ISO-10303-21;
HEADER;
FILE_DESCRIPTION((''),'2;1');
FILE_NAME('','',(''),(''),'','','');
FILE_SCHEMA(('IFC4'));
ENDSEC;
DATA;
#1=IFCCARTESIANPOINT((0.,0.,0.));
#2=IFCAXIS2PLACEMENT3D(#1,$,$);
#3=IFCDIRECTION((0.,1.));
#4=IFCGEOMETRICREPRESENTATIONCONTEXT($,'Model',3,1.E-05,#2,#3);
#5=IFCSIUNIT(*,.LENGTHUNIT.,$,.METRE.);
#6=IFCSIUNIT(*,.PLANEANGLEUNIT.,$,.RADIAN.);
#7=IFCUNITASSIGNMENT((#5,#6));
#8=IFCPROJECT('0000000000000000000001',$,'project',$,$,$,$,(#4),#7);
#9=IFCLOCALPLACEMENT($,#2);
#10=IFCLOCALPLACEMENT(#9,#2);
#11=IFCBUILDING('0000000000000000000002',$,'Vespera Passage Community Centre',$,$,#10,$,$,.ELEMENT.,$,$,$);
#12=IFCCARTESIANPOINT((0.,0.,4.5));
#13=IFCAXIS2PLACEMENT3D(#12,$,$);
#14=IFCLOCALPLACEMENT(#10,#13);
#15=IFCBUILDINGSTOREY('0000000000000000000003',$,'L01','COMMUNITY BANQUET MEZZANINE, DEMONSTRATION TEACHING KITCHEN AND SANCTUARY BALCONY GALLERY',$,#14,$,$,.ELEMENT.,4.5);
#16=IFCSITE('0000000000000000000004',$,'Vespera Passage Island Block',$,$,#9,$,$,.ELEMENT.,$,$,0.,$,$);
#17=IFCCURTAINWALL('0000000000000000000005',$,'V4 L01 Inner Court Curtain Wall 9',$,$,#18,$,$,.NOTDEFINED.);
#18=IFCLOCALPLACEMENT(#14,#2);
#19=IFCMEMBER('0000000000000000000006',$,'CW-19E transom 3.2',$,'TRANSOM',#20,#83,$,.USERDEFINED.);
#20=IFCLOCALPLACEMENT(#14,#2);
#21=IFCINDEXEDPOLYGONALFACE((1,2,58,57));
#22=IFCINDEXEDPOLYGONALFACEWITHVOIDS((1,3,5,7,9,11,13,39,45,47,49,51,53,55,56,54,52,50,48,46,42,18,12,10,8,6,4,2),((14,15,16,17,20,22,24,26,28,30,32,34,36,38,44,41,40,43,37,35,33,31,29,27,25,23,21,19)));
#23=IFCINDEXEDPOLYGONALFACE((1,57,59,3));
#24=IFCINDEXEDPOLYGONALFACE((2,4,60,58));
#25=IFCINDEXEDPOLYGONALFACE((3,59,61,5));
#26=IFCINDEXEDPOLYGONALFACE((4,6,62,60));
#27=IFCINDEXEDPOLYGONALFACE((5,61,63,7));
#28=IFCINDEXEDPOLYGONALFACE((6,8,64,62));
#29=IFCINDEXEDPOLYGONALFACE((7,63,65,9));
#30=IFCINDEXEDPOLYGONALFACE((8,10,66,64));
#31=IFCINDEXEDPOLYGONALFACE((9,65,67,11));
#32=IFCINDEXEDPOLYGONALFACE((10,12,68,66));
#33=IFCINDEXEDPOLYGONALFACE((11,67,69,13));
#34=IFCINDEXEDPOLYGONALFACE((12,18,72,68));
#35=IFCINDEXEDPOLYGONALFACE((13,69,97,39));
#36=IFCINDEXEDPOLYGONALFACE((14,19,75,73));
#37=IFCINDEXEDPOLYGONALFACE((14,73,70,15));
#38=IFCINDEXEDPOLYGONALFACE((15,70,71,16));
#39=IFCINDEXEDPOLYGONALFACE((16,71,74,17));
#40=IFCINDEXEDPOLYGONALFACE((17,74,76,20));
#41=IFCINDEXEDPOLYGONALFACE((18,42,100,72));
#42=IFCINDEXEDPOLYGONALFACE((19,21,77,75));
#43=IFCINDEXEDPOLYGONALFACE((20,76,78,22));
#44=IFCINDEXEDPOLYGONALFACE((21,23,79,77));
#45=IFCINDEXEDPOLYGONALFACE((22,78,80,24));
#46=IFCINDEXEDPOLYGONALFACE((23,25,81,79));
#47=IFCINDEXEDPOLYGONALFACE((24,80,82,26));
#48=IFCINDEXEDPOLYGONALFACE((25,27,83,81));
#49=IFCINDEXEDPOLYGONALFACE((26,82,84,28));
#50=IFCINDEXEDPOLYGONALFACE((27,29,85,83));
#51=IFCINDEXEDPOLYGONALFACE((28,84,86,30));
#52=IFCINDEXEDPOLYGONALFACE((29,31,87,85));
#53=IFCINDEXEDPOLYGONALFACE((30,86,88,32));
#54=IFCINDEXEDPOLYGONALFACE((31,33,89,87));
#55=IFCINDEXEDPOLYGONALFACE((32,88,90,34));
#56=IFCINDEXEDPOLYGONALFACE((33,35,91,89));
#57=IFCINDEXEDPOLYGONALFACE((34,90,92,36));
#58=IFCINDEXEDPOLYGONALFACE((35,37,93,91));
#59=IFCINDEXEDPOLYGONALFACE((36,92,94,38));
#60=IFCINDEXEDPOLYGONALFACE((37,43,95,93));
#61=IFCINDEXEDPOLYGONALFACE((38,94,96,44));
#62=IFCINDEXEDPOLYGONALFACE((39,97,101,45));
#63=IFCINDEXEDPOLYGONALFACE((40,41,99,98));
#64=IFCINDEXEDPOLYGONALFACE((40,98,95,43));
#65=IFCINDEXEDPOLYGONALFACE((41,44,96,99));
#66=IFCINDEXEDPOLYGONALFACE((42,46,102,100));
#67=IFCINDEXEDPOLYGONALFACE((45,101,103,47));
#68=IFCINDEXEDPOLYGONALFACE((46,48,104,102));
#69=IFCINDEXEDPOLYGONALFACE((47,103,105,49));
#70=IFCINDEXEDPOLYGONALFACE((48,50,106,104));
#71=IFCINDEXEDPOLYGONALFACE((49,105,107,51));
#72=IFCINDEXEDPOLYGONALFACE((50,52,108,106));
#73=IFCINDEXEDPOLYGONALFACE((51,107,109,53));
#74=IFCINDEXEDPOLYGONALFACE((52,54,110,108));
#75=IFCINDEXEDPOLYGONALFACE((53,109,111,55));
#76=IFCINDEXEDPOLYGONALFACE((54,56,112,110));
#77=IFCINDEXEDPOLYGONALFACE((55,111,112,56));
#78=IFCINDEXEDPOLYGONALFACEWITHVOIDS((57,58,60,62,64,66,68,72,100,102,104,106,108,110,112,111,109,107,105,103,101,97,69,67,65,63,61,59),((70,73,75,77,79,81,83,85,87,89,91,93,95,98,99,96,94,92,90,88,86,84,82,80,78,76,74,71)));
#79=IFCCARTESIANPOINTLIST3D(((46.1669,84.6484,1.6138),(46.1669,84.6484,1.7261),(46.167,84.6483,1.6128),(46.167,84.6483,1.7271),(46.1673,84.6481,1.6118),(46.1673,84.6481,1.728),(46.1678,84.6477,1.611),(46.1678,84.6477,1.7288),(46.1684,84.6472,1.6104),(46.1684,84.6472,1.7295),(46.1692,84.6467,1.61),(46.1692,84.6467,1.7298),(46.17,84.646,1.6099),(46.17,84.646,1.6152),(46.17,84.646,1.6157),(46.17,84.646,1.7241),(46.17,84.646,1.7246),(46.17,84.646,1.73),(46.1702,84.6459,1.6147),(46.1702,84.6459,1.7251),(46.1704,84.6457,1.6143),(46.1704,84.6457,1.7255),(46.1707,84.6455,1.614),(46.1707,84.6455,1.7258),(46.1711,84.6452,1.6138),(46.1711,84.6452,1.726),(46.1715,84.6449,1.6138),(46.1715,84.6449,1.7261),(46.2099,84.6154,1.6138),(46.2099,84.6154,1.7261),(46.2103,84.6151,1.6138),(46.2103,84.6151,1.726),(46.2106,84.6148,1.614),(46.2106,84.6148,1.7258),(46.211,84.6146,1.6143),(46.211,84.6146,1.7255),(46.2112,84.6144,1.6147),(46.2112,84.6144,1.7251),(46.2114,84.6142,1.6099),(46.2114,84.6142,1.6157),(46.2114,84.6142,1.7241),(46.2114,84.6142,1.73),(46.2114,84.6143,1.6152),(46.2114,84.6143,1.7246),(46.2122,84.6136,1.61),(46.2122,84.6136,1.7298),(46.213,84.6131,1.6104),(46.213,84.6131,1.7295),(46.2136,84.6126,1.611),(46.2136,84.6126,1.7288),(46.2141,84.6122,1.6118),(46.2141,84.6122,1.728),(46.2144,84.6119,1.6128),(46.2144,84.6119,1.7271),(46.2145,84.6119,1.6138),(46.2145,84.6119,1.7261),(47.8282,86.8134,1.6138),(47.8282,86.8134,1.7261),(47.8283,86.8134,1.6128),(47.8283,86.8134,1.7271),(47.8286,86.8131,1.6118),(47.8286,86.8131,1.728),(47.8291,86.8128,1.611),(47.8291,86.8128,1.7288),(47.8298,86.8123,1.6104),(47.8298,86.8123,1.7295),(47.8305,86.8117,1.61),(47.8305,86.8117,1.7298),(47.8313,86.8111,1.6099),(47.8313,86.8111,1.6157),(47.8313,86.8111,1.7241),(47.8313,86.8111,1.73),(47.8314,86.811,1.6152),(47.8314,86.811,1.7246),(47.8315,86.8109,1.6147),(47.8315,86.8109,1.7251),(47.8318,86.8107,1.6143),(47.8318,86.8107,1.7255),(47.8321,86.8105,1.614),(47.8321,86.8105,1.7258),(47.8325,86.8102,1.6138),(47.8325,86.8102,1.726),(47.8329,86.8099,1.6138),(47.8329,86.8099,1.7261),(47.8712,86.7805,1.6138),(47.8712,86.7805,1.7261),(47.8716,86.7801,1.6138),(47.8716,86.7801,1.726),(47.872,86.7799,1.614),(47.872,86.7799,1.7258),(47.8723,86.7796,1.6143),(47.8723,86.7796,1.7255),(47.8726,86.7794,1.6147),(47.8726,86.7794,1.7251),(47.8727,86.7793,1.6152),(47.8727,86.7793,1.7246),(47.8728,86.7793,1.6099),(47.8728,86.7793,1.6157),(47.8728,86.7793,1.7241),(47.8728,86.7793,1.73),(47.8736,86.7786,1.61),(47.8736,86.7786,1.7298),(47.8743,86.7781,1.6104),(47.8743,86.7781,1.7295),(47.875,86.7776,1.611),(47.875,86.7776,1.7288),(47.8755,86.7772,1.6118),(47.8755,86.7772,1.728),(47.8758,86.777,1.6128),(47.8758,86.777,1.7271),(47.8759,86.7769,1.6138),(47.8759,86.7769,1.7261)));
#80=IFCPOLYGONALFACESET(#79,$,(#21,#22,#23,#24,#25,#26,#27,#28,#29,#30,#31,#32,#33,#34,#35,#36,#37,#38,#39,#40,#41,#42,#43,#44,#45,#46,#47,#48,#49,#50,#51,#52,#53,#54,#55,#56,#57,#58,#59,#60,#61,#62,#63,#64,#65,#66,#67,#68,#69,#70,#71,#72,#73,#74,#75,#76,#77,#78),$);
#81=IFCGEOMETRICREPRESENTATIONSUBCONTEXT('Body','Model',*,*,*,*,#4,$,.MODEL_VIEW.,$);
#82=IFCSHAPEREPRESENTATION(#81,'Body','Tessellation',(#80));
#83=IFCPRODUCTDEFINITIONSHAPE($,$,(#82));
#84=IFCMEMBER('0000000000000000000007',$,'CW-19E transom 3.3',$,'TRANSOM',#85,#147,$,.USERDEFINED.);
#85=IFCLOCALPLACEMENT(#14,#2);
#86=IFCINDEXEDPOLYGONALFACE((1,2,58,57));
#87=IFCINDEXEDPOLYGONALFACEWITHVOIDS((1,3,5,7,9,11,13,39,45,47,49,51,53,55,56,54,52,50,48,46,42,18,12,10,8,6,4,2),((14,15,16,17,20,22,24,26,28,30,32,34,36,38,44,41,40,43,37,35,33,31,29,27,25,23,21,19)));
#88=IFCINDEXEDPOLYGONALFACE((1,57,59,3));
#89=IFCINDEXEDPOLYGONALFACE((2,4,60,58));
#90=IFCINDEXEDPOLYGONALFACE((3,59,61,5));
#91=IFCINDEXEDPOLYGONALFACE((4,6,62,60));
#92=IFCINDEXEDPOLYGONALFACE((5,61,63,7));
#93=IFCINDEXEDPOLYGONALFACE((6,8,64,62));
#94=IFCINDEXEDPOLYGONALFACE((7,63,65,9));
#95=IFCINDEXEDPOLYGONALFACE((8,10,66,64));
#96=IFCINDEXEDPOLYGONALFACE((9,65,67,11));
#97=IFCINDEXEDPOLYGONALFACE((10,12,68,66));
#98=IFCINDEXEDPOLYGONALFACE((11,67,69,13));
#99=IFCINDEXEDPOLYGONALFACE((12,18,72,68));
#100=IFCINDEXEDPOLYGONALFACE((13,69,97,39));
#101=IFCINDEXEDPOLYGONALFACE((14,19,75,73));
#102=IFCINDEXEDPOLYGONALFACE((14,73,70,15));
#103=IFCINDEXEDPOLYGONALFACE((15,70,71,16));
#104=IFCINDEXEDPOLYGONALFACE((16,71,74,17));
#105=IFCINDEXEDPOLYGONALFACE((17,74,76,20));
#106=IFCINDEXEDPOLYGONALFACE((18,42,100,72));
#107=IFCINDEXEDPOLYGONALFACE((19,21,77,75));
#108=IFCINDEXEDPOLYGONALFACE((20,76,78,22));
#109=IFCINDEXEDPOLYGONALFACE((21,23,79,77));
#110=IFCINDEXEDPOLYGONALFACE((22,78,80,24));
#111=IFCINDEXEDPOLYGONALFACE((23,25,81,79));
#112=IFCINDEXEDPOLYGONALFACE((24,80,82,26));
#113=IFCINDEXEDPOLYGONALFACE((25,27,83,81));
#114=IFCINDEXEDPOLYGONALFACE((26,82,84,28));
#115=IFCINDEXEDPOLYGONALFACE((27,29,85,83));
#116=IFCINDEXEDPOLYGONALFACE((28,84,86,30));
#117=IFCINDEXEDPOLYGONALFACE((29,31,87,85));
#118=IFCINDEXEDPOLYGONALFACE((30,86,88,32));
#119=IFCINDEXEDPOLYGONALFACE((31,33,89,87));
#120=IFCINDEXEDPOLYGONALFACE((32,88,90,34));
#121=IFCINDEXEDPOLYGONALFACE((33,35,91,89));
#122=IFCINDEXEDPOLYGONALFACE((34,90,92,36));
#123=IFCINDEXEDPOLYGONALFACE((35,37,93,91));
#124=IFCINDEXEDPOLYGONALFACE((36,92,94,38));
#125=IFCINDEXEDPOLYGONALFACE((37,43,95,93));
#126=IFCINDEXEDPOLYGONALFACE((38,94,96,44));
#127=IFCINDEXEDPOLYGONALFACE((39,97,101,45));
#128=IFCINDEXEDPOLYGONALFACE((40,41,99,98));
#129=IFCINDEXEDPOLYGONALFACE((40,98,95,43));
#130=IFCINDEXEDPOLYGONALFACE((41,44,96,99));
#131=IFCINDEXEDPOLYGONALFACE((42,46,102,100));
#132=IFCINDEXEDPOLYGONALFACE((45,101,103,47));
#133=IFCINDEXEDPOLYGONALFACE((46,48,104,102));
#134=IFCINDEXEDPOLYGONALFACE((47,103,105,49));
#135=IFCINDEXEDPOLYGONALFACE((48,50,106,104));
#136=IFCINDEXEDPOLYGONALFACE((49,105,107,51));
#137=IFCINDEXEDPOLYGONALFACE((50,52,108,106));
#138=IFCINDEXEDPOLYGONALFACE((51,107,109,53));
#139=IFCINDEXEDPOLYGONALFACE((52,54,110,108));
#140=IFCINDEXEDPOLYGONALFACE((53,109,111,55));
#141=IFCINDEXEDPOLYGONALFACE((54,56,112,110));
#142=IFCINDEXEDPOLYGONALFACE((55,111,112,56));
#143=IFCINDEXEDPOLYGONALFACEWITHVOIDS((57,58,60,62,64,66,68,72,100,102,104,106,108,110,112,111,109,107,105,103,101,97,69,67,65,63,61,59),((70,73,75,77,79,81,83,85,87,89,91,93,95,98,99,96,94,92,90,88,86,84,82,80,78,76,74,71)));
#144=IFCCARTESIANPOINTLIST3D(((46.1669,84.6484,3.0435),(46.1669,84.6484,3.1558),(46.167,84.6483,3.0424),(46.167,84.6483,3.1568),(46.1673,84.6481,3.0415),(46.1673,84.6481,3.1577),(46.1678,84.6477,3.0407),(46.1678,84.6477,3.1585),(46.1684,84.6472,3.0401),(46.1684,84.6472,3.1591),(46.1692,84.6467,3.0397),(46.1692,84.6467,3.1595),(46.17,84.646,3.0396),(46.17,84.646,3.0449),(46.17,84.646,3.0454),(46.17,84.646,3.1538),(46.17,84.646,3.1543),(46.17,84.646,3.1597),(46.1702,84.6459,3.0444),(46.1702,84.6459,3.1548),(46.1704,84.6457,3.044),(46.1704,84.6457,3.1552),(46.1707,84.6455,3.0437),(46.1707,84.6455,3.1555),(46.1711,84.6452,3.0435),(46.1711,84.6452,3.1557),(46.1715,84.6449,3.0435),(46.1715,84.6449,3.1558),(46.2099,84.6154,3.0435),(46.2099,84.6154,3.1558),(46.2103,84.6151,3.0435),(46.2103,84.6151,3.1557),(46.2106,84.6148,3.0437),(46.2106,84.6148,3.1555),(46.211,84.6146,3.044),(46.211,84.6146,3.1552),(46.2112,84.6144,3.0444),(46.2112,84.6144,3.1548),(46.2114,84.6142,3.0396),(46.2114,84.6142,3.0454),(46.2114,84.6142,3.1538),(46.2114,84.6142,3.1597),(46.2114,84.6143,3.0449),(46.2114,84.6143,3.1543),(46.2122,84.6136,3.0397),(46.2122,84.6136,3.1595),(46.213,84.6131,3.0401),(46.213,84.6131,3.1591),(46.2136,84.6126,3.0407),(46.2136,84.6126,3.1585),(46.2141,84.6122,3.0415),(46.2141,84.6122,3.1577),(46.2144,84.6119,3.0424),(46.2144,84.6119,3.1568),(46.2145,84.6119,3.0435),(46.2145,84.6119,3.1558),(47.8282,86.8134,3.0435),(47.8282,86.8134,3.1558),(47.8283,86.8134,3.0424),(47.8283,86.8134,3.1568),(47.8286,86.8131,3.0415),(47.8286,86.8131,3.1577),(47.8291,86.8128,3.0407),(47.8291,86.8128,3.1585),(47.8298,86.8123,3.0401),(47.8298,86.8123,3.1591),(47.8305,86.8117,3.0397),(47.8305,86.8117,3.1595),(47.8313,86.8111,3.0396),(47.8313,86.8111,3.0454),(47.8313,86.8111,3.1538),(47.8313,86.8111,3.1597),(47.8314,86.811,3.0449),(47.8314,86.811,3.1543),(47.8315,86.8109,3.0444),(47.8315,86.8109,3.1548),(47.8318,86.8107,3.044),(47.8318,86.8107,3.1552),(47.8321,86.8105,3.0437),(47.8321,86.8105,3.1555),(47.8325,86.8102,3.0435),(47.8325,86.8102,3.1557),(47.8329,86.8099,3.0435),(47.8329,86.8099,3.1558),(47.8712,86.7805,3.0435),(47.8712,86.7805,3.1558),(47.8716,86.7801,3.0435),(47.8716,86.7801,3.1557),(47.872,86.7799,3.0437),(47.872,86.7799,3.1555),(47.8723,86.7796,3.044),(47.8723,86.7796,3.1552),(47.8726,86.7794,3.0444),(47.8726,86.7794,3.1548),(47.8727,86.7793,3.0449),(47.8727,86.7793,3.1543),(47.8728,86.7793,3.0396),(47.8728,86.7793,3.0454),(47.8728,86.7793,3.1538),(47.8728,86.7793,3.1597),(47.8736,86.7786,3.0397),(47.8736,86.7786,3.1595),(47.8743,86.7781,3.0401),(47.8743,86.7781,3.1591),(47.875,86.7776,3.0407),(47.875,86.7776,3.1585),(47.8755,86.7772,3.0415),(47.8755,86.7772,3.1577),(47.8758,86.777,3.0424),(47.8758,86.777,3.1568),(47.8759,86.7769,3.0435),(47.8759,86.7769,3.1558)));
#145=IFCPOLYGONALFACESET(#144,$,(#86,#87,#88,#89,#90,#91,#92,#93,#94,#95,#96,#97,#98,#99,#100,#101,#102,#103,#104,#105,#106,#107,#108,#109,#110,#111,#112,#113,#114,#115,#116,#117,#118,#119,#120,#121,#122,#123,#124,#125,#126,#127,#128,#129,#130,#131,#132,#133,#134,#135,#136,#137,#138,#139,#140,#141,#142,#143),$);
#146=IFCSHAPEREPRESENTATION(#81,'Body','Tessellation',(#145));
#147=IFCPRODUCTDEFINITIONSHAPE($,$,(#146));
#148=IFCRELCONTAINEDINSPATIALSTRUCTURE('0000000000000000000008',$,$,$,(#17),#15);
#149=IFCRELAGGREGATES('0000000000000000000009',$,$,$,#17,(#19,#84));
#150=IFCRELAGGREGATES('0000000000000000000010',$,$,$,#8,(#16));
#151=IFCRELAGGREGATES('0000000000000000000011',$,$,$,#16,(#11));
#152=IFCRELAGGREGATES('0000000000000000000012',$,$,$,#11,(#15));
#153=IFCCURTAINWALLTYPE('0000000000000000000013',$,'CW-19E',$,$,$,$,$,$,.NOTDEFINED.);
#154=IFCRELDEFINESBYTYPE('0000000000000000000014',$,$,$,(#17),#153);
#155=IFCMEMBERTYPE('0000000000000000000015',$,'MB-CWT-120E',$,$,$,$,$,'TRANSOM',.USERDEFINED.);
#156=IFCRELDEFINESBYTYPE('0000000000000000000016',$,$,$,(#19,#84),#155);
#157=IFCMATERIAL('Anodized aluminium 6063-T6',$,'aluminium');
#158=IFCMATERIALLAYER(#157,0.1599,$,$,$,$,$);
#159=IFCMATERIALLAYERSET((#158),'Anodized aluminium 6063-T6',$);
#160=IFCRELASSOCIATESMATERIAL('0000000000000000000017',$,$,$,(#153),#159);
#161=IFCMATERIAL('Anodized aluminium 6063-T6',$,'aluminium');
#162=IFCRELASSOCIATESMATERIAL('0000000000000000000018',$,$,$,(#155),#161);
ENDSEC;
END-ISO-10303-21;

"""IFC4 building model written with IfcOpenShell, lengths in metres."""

from ifc_helpers import new_model, si_unit, direction, frame, origin, origin_2d, place, context, subcontext, project, spatial, hollow_rectangle, extrude, material, layer, layer_set, material_profile, profile_set, type_object, element, aggregate, save


model = new_model("IFC4")

# Units and contexts
model_context = context("Model", 3, precision=1e-05, world=origin(), true_north=direction((0.0, 1.0)))
body_context = subcontext(model_context, "Body", "Model", "MODEL_VIEW")
ifc_project = project(units=[si_unit("LENGTHUNIT", "METRE"), si_unit("PLANEANGLEUNIT", "RADIAN")], contexts=[model_context])

# Site, building, storey
site_placement = place(None, origin())
site = spatial("IfcSite", under=ifc_project, at=site_placement, Name="Vespera Passage Island Block", CompositionType="ELEMENT", RefElevation=0.0)
building_placement = place(site_placement, origin())
building = spatial("IfcBuilding", under=site, at=building_placement, Name="Vespera Passage Community Centre", CompositionType="ELEMENT")
storey_placement = place(building_placement, frame((0.0, 0.0, 4.5)))
storey = spatial("IfcBuildingStorey", under=building, at=storey_placement, Name="L01", Description="COMMUNITY BANQUET MEZZANINE, DEMONSTRATION TEACHING KITCHEN AND SANCTUARY BALCONY GALLERY", CompositionType="ELEMENT", Elevation=4.5)

# Curtain wall
ifc_material_1 = material(Name="Anodized aluminium 6063-T6", Category="aluminium")
ifc_layer_1 = layer(ifc_material_1, 0.1599)
ifc_layer_set_1 = layer_set([ifc_layer_1], Name="Anodized aluminium 6063-T6")
curtain_wall_type_1 = type_object("IfcCurtainWallType", Name="CW-19E", PredefinedType="NOTDEFINED", material=ifc_layer_set_1)
curtain_wall_1_placement = place(storey_placement, origin())
curtain_wall_1 = element("IfcCurtainWall", 1, at=curtain_wall_1_placement, inside=storey, type_object=curtain_wall_type_1, Name="V4 L01 Inner Court Curtain Wall 9", PredefinedType="NOTDEFINED")

# Members
ifc_material_2 = material(Name="Anodized aluminium 6063-T6", Category="aluminium")
ifc_material_profile_1 = material_profile(ifc_material_2, hollow_rectangle(XDim=0.0601, YDim=0.1201, WallThickness=0.0039, InnerFilletRadius=0.002, OuterFilletRadius=0.0039, at=origin_2d()), Name="ALU120X60X4")
ifc_profile_set_1 = profile_set([ifc_material_profile_1], Name="Anodized aluminium 6063-T6")
member_type_1 = type_object("IfcMemberType", Name="MB-CWT-120E", ElementType="TRANSOM", PredefinedType="USERDEFINED", material=ifc_profile_set_1)
member_1_placement = place(storey_placement, frame((47.8521, 86.7952, 1.6699), z_axis=(-0.608781, -0.793338, 0.0), x_axis=(0.793338, -0.608781, 0.0)))
member_1 = element("IfcMember", 2, at=member_1_placement, type_object=member_type_1, Name="CW-19E transom 3.2", ObjectType="TRANSOM", PredefinedType="USERDEFINED", context=body_context, shape_type="SweptSolid", body=[
    extrude(hollow_rectangle(XDim=0.0601, YDim=0.1201, WallThickness=0.0039, InnerFilletRadius=0.002, OuterFilletRadius=0.0039, at=origin_2d()), origin(), (0.0, 0.0, 1.0), 2.729),
])
member_2_placement = place(storey_placement, frame((47.8521, 86.7952, 3.0996), z_axis=(-0.608781, -0.793338, 0.0), x_axis=(0.793338, -0.608781, 0.0)))
member_2 = element("IfcMember", 3, at=member_2_placement, type_object=member_type_1, Name="CW-19E transom 3.3", ObjectType="TRANSOM", PredefinedType="USERDEFINED", context=body_context, shape_type="SweptSolid", body=[
    extrude(hollow_rectangle(XDim=0.0601, YDim=0.1201, WallThickness=0.0039, InnerFilletRadius=0.002, OuterFilletRadius=0.0039, at=origin_2d()), origin(), (0.0, 0.0, 1.0), 2.729),
])

aggregate(curtain_wall_1, [member_1, member_2])

save(model, "model.ifc")
